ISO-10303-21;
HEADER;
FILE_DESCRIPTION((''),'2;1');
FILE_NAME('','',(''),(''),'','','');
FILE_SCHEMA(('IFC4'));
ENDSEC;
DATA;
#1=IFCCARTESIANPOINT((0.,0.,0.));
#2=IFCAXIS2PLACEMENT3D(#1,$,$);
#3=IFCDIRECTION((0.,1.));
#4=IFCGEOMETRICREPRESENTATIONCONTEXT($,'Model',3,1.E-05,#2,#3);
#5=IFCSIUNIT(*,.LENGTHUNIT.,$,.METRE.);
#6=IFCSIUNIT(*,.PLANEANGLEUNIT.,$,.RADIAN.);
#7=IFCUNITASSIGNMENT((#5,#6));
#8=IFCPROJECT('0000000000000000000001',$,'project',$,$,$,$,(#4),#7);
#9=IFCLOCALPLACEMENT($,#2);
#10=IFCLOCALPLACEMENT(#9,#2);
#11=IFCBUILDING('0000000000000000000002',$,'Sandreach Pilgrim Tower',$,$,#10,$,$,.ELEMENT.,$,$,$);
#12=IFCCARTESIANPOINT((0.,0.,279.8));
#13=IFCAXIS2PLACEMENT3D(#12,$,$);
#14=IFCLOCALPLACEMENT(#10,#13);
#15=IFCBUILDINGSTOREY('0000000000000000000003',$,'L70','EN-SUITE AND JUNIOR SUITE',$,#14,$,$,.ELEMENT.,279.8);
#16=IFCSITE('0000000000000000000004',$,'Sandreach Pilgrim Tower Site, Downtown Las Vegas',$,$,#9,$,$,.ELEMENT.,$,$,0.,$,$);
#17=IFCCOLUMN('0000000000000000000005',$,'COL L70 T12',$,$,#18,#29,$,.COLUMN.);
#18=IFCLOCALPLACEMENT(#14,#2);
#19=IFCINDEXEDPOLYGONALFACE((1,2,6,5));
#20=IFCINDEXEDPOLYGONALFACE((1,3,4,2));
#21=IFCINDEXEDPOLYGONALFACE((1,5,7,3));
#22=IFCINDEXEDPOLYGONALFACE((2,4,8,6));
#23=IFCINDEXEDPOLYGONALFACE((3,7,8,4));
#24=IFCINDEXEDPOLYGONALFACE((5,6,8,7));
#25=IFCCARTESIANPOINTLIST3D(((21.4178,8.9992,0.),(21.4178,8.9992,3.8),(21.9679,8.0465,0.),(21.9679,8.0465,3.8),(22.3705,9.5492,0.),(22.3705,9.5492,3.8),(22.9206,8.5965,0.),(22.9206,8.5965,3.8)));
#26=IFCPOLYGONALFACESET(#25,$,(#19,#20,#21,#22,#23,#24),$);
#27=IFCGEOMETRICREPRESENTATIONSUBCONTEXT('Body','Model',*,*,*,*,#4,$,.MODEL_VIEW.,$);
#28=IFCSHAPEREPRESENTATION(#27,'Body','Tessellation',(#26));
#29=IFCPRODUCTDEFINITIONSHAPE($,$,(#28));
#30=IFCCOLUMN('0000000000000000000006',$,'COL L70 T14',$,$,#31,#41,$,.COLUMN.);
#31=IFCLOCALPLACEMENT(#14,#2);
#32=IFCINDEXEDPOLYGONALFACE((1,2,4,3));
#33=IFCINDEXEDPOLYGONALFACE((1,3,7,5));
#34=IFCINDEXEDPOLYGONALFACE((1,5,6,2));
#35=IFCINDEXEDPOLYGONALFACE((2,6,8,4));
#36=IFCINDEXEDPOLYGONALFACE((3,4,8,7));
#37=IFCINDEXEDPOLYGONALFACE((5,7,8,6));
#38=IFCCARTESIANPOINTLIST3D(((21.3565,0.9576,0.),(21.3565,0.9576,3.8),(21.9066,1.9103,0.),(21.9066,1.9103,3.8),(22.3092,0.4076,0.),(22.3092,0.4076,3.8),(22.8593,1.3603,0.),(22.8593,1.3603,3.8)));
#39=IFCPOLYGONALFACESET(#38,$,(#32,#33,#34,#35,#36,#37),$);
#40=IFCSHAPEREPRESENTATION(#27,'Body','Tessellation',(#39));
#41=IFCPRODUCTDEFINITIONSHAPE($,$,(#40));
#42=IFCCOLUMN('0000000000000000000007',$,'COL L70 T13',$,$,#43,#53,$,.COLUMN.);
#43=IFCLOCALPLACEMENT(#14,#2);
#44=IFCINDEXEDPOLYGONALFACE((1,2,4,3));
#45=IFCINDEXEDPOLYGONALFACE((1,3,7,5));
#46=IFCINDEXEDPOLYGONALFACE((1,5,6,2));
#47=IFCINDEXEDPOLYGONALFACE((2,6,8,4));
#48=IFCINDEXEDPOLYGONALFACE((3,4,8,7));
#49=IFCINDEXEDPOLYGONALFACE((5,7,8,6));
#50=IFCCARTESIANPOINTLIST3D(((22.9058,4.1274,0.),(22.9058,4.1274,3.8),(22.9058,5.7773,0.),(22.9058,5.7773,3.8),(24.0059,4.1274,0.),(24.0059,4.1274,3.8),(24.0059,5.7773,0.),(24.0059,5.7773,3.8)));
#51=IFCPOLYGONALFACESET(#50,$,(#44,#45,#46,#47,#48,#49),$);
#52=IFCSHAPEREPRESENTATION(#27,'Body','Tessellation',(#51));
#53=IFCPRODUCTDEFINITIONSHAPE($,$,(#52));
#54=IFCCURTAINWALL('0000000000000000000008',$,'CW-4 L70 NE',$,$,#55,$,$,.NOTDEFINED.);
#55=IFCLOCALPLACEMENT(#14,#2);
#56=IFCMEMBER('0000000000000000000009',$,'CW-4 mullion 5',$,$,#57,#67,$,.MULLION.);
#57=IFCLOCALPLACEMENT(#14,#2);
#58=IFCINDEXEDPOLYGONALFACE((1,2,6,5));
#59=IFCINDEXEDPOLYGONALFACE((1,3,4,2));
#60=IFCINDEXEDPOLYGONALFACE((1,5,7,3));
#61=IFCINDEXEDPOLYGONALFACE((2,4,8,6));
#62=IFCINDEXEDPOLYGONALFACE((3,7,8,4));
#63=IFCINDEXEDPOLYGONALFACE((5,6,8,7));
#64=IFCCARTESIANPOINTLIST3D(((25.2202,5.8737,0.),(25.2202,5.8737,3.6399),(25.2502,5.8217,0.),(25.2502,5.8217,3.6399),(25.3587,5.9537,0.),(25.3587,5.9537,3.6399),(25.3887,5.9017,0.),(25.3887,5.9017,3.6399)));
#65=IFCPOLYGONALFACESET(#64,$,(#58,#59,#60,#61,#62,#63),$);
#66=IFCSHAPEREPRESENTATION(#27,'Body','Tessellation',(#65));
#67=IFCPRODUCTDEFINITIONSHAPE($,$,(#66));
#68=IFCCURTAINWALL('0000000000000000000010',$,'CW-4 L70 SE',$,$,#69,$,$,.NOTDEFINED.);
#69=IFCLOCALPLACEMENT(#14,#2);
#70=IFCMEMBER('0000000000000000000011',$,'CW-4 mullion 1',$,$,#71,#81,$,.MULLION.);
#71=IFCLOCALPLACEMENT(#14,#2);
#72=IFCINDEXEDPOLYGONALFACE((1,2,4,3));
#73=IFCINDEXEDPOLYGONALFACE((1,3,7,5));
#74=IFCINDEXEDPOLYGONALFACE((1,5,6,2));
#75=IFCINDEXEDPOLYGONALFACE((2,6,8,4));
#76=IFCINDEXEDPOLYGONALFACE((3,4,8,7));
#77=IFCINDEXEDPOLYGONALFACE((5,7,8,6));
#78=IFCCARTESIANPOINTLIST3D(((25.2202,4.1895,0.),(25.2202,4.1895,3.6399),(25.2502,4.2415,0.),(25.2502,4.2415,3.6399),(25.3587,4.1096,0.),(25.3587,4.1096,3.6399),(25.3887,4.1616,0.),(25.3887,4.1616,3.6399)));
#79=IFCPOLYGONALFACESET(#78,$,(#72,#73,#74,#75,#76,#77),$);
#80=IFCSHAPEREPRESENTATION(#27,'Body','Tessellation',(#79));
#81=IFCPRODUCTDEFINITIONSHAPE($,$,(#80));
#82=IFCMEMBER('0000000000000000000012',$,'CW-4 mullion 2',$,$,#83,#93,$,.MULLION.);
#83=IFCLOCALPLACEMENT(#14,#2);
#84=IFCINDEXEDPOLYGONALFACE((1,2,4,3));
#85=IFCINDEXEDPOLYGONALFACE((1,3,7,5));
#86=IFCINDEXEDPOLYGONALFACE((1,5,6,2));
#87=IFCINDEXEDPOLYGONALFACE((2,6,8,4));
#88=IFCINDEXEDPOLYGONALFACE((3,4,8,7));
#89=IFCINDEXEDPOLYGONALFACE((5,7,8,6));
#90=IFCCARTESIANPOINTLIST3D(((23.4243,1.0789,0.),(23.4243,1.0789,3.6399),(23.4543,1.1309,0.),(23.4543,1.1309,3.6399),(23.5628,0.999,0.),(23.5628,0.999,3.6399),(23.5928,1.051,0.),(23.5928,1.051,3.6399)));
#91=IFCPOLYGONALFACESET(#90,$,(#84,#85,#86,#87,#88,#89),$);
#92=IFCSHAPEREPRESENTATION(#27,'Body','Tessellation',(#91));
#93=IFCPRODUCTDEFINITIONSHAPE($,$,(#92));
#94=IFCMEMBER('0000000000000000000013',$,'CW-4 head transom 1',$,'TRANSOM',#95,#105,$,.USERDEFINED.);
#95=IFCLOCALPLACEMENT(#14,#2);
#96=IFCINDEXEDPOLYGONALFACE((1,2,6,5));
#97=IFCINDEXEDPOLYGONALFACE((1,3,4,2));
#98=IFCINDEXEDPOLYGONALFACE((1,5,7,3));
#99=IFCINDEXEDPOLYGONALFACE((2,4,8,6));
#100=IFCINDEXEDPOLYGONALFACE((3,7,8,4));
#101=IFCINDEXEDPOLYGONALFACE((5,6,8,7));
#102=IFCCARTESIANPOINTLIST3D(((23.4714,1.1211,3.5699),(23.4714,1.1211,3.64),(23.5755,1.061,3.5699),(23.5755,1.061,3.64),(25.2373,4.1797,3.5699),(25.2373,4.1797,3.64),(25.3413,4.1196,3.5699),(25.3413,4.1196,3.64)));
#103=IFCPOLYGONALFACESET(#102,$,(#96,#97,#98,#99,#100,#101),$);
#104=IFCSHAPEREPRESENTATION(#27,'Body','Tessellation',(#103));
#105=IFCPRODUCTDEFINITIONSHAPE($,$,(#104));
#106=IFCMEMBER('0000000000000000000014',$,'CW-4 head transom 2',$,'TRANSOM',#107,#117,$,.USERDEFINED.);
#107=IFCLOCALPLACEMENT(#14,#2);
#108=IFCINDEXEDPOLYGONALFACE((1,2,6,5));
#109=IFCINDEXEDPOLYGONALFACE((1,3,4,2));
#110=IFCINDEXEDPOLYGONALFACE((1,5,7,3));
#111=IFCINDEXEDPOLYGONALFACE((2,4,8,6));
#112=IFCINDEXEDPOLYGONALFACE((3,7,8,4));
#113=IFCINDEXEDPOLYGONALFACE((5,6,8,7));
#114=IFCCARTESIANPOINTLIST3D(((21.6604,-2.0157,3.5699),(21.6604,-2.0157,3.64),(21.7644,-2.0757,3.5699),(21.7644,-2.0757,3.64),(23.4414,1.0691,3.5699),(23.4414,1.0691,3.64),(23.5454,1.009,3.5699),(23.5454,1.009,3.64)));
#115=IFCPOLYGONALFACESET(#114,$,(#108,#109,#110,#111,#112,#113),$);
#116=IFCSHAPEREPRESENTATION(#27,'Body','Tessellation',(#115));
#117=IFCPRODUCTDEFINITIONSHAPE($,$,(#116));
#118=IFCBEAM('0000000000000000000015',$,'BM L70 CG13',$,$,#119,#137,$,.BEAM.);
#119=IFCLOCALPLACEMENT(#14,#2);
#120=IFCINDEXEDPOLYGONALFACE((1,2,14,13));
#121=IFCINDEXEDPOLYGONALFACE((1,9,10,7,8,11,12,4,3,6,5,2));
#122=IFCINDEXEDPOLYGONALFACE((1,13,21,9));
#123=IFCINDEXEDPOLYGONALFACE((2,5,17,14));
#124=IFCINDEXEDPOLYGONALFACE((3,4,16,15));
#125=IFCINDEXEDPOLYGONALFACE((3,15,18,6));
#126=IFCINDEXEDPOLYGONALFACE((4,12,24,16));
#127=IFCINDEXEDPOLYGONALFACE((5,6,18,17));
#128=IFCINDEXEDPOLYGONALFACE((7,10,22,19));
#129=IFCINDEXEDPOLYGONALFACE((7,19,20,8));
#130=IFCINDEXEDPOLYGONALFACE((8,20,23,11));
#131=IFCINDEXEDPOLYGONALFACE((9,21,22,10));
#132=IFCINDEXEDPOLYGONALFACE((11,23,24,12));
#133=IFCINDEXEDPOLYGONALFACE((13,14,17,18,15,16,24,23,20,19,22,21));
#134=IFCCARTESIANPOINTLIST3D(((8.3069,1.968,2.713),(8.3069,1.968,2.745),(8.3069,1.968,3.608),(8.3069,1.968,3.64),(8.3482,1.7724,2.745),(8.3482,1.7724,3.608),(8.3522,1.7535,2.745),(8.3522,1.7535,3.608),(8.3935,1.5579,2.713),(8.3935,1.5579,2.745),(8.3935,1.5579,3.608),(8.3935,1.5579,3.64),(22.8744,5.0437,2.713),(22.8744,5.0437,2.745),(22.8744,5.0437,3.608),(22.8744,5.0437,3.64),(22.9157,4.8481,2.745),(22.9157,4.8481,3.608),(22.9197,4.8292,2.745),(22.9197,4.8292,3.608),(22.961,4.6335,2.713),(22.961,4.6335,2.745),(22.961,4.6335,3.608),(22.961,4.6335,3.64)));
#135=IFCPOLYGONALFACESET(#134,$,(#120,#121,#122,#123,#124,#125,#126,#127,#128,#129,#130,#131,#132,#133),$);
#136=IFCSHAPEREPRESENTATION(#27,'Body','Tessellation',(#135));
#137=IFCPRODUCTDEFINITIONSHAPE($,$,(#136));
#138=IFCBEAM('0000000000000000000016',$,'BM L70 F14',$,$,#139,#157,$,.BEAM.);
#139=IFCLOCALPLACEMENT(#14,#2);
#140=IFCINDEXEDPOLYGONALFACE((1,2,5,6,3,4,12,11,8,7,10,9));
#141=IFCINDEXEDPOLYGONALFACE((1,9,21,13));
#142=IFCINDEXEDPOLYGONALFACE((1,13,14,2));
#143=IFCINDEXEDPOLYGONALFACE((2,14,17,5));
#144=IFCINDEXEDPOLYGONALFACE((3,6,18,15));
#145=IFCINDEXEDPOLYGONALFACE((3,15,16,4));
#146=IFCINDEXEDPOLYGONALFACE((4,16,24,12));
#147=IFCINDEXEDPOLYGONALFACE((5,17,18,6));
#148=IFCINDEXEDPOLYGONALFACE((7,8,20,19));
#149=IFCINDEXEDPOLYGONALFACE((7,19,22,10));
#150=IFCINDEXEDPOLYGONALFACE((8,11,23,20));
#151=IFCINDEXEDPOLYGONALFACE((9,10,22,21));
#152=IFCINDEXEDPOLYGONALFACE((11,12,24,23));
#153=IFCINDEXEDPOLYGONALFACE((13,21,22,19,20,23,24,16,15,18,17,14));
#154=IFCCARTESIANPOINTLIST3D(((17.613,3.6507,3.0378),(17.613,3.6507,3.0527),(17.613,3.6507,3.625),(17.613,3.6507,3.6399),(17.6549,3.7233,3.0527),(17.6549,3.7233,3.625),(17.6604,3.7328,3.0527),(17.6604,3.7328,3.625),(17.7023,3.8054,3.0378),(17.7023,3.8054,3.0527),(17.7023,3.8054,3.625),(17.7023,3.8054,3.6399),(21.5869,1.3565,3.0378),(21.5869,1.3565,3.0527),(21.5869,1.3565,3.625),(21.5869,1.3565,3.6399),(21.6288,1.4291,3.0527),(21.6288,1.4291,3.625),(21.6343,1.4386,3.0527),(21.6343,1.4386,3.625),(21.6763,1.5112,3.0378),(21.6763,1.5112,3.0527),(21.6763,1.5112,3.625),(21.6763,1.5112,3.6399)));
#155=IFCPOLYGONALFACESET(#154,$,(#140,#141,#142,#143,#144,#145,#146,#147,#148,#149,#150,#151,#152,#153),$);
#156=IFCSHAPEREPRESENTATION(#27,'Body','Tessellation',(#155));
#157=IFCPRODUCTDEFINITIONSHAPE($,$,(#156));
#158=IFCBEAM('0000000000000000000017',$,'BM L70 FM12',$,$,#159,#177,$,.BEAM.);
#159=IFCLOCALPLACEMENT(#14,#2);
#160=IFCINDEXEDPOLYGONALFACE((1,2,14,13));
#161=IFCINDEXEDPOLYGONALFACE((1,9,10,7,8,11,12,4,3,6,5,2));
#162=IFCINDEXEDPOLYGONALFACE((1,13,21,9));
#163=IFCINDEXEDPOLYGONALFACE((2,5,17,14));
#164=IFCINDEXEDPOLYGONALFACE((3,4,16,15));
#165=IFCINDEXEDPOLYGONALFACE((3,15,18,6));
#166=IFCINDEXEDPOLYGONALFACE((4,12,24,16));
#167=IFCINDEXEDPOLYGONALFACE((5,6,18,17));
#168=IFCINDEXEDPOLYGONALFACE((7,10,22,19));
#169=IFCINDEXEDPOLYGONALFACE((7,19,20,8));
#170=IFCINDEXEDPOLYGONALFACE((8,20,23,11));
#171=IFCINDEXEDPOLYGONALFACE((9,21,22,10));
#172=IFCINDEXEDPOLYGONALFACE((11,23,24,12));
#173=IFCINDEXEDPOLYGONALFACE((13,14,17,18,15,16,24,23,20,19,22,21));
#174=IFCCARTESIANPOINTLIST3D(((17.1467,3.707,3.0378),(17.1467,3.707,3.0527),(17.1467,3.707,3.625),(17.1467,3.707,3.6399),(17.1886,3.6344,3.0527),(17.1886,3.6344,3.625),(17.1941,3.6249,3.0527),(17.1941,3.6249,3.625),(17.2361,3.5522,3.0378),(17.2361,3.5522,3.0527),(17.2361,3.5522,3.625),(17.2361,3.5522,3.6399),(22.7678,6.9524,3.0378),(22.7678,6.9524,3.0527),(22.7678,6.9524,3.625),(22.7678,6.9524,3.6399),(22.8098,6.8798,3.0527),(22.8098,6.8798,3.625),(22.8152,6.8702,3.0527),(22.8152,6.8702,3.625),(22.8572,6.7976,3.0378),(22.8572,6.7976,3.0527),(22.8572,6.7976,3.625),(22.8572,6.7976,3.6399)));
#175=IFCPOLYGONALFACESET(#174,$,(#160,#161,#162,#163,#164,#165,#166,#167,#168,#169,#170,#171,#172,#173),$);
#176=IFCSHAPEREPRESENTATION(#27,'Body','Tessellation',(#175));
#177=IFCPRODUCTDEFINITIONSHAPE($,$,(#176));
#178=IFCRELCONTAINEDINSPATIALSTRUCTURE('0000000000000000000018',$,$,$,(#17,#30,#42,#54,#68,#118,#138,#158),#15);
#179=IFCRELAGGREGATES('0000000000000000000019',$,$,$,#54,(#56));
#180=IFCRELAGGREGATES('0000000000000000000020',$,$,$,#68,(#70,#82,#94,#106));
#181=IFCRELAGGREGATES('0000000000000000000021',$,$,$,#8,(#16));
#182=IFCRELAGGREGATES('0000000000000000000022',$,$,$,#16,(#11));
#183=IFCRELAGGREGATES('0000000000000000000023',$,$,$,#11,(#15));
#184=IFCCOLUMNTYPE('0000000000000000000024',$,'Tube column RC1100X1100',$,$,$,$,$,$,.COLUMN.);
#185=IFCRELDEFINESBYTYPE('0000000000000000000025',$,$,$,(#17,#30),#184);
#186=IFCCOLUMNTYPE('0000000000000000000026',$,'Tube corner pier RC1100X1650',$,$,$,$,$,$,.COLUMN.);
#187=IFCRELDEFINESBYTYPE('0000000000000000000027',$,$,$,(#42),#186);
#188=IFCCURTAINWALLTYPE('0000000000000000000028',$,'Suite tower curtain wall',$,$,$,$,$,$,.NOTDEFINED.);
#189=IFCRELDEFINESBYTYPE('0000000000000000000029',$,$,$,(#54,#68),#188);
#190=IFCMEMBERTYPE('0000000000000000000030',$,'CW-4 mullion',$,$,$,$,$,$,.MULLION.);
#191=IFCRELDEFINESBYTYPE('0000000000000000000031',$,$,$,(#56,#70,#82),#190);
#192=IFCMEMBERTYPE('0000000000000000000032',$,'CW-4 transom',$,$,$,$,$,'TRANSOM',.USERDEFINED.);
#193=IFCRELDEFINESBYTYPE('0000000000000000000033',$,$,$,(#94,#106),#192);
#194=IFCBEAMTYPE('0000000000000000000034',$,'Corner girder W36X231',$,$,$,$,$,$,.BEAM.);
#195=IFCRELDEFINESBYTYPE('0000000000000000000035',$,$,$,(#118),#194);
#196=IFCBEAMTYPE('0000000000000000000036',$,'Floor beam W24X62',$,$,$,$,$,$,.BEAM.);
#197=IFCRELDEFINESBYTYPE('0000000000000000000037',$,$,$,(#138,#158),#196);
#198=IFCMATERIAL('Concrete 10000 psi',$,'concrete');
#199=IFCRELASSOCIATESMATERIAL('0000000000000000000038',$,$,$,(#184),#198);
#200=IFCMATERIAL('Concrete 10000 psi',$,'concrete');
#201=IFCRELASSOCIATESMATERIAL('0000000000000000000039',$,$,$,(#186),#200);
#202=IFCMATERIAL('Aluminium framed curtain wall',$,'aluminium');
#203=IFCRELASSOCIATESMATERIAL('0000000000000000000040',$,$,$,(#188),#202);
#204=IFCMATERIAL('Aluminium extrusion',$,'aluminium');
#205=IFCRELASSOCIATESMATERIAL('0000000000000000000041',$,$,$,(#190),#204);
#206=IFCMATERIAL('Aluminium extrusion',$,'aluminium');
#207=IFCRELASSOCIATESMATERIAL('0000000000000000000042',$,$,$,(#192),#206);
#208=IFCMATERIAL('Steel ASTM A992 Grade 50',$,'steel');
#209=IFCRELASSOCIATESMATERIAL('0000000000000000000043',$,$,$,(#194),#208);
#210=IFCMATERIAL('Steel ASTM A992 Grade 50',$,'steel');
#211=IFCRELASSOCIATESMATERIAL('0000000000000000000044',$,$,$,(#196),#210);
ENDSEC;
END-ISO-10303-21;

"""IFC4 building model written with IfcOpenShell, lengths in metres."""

from ifc_helpers import new_model, si_unit, direction, frame, origin, origin_2d, place, context, subcontext, project, spatial, rectangle, i_section, extrude, material, material_profile, profile_set, type_object, element, aggregate, save


model = new_model("IFC4")

# Units and contexts
model_context = context("Model", 3, precision=1e-05, world=origin(), true_north=direction((0.0, 1.0)))
body_context = subcontext(model_context, "Body", "Model", "MODEL_VIEW")
ifc_project = project(units=[si_unit("LENGTHUNIT", "METRE"), si_unit("PLANEANGLEUNIT", "RADIAN")], contexts=[model_context])

# Site, building, storey
site_placement = place(None, origin())
site = spatial("IfcSite", under=ifc_project, at=site_placement, Name="Sandreach Pilgrim Tower Site, Downtown Las Vegas", CompositionType="ELEMENT", RefElevation=0.0)
building_placement = place(site_placement, origin())
building = spatial("IfcBuilding", under=site, at=building_placement, Name="Sandreach Pilgrim Tower", CompositionType="ELEMENT")
storey_placement = place(building_placement, frame((0.0, 0.0, 279.8)))
storey = spatial("IfcBuildingStorey", under=building, at=storey_placement, Name="L70", Description="EN-SUITE AND JUNIOR SUITE", CompositionType="ELEMENT", Elevation=279.8)

# Columns
ifc_material_1 = material(Name="Concrete 10000 psi", Category="concrete")
ifc_material_profile_1 = material_profile(ifc_material_1, rectangle(XDim=1.1001, YDim=1.1001, at=origin_2d()), Name="RC1100X1100")
ifc_profile_set_1 = profile_set([ifc_material_profile_1], Name="Concrete 10000 psi")
column_type_1 = type_object("IfcColumnType", Name="Tube column RC1100X1100", PredefinedType="COLUMN", material=ifc_profile_set_1)
for number, where, z_axis, x_axis, name in (
    (1, (22.1692, 8.7979, 0.0), (0.0, 0.0, 1.0), (0.866025, 0.5, 0.0), "COL L70 T12"),
    (2, (22.1079, 1.1589, 0.0), (0.0, 0.0, 1.0), (0.866025, -0.5, 0.0), "COL L70 T14"),
):
    element("IfcColumn", number, at=place(storey_placement, frame(where, z_axis=z_axis, x_axis=x_axis)), inside=storey, type_object=column_type_1, Name=name, PredefinedType="COLUMN", context=body_context, shape_type="SweptSolid", body=[
        extrude(rectangle(XDim=1.1001, YDim=1.1001, at=origin_2d()), origin(), (0.0, 0.0, 1.0), 3.8),
    ])
ifc_material_2 = material(Name="Concrete 10000 psi", Category="concrete")
ifc_material_profile_2 = material_profile(ifc_material_2, rectangle(XDim=1.1001, YDim=1.6499, at=origin_2d()), Name="RC1100X1650")
ifc_profile_set_2 = profile_set([ifc_material_profile_2], Name="Concrete 10000 psi")
column_type_2 = type_object("IfcColumnType", Name="Tube corner pier RC1100X1650", PredefinedType="COLUMN", material=ifc_profile_set_2)
column_placement = place(storey_placement, frame((23.4558, 4.9524, 0.0), z_axis=(0.0, 0.0, 1.0), x_axis=(1.0, 0.0, 0.0)))
element("IfcColumn", 3, at=column_placement, inside=storey, type_object=column_type_2, Name="COL L70 T13", PredefinedType="COLUMN", context=body_context, shape_type="SweptSolid", body=[
    extrude(rectangle(XDim=1.1001, YDim=1.6499, at=origin_2d()), origin(), (0.0, 0.0, 1.0), 3.8),
])

# Curtain wall, member
ifc_material_3 = material(Name="Aluminium framed curtain wall", Category="aluminium")
curtain_wall_type = type_object("IfcCurtainWallType", Name="Suite tower curtain wall", PredefinedType="NOTDEFINED", material=ifc_material_3)
curtain_wall_1_placement = place(storey_placement, origin())
curtain_wall_1 = element("IfcCurtainWall", 4, at=curtain_wall_1_placement, inside=storey, type_object=curtain_wall_type, Name="CW-4 L70 NE", PredefinedType="NOTDEFINED")
ifc_material_4 = material(Name="Aluminium extrusion", Category="aluminium")
ifc_material_profile_3 = material_profile(ifc_material_4, rectangle(XDim=0.0601, YDim=0.1599, at=origin_2d()), Name="CW-4M 60X160")
ifc_profile_set_3 = profile_set([ifc_material_profile_3], Name="Aluminium extrusion")
member_type_1 = type_object("IfcMemberType", Name="CW-4 mullion", PredefinedType="MULLION", material=ifc_profile_set_3)
member_1_placement = place(storey_placement, frame((25.3044, 5.8877, 0.0), z_axis=(0.0, 0.0, 1.0), x_axis=(0.5, -0.866025, 0.0)))
member_1 = element("IfcMember", 5, at=member_1_placement, type_object=member_type_1, Name="CW-4 mullion 5", PredefinedType="MULLION", context=body_context, shape_type="SweptSolid", body=[
    extrude(rectangle(XDim=0.0601, YDim=0.1599, at=origin_2d()), origin(), (0.0, 0.0, 1.0), 3.6399),
])

# Curtain wall, members
curtain_wall_2_placement = place(storey_placement, origin())
curtain_wall_2 = element("IfcCurtainWall", 6, at=curtain_wall_2_placement, inside=storey, type_object=curtain_wall_type, Name="CW-4 L70 SE", PredefinedType="NOTDEFINED")
member_2_placement = place(storey_placement, frame((25.3044, 4.1755, 0.0), z_axis=(0.0, 0.0, 1.0), x_axis=(-0.5, -0.866025, 0.0)))
member_2 = element("IfcMember", 7, at=member_2_placement, type_object=member_type_1, Name="CW-4 mullion 1", PredefinedType="MULLION", context=body_context, shape_type="SweptSolid", body=[
    extrude(rectangle(XDim=0.0601, YDim=0.1599, at=origin_2d()), origin(), (0.0, 0.0, 1.0), 3.6399),
])
member_3_placement = place(storey_placement, frame((23.5085, 1.0649, 0.0), z_axis=(0.0, 0.0, 1.0), x_axis=(-0.5, -0.866025, 0.0)))
member_3 = element("IfcMember", 8, at=member_3_placement, type_object=member_type_1, Name="CW-4 mullion 2", PredefinedType="MULLION", context=body_context, shape_type="SweptSolid", body=[
    extrude(rectangle(XDim=0.0601, YDim=0.1599, at=origin_2d()), origin(), (0.0, 0.0, 1.0), 3.6399),
])
ifc_material_5 = material(Name="Aluminium extrusion", Category="aluminium")
ifc_material_profile_4 = material_profile(ifc_material_5, rectangle(XDim=0.1201, YDim=0.0701, at=origin_2d()), Name="CW-4T 120X70")
ifc_profile_set_4 = profile_set([ifc_material_profile_4], Name="Aluminium extrusion")
member_type_2 = type_object("IfcMemberType", Name="CW-4 transom", ElementType="TRANSOM", PredefinedType="USERDEFINED", material=ifc_profile_set_4)
member_4_placement = place(storey_placement, frame((25.2893, 4.1497, 3.605), z_axis=(-0.499998, -0.866027, 0.0), x_axis=(0.866027, -0.499998, 0.0)))
member_4 = element("IfcMember", 9, at=member_4_placement, type_object=member_type_2, Name="CW-4 head transom 1", ObjectType="TRANSOM", PredefinedType="USERDEFINED", context=body_context, shape_type="SweptSolid", body=[
    extrude(rectangle(XDim=0.1201, YDim=0.0701, at=origin_2d()), origin(), (0.0, 0.0, 1.0), 3.5317),
])
member_5_placement = place(storey_placement, frame((23.4934, 1.0391, 3.605), z_axis=(-0.500009, -0.86602, 0.0), x_axis=(0.86602, -0.500009, 0.0)))
member_5 = element("IfcMember", 10, at=member_5_placement, type_object=member_type_2, Name="CW-4 head transom 2", ObjectType="TRANSOM", PredefinedType="USERDEFINED", context=body_context, shape_type="SweptSolid", body=[
    extrude(rectangle(XDim=0.1201, YDim=0.0701, at=origin_2d()), origin(), (0.0, 0.0, 1.0), 3.562),
])

# Beams
ifc_material_6 = material(Name="Steel ASTM A992 Grade 50", Category="steel")
ifc_material_profile_5 = material_profile(ifc_material_6, i_section(OverallWidth=0.4192, OverallDepth=0.927, WebThickness=0.0193, FlangeThickness=0.032, at=origin_2d()), Name="W36X231")
ifc_profile_set_5 = profile_set([ifc_material_profile_5], Name="Steel ASTM A992 Grade 50")
beam_type_1 = type_object("IfcBeamType", Name="Corner girder W36X231", PredefinedType="BEAM", material=ifc_profile_set_5)
beam_1_placement = place(storey_placement, frame((22.9177, 4.8386, 3.1765), z_axis=(-0.97843, -0.206577, 0.0), x_axis=(0.206577, -0.97843, 0.0)))
element("IfcBeam", 11, at=beam_1_placement, inside=storey, type_object=beam_type_1, Name="BM L70 CG13", PredefinedType="BEAM", context=body_context, shape_type="SweptSolid", body=[
    extrude(i_section(OverallWidth=0.4192, OverallDepth=0.927, WebThickness=0.0193, FlangeThickness=0.032, at=origin_2d()), origin(), (0.0, 0.0, 1.0), 14.8887),
])
ifc_material_7 = material(Name="Steel ASTM A992 Grade 50", Category="steel")
ifc_material_profile_6 = material_profile(ifc_material_7, i_section(OverallWidth=0.1787, OverallDepth=0.6021, WebThickness=0.011, FlangeThickness=0.0149, at=origin_2d()), Name="W24X62")
ifc_profile_set_6 = profile_set([ifc_material_profile_6], Name="Steel ASTM A992 Grade 50")
beam_type_2 = type_object("IfcBeamType", Name="Floor beam W24X62", PredefinedType="BEAM", material=ifc_profile_set_6)
beam_2_placement = place(storey_placement, frame((21.6316, 1.4338, 3.3389), z_axis=(-0.866038, 0.499979, 0.0), x_axis=(-0.499979, -0.866038, 0.0)))
element("IfcBeam", 12, at=beam_2_placement, inside=storey, type_object=beam_type_2, Name="BM L70 F14", PredefinedType="BEAM", context=body_context, shape_type="SweptSolid", body=[
    extrude(i_section(OverallWidth=0.1787, OverallDepth=0.6021, WebThickness=0.011, FlangeThickness=0.0149, at=origin_2d()), origin(), (0.0, 0.0, 1.0), 4.5886),
])
beam_3_placement = place(storey_placement, frame((22.8125, 6.875, 3.3389), z_axis=(-0.866024, -0.500002, 0.0), x_axis=(0.500002, -0.866024, 0.0)))
element("IfcBeam", 13, at=beam_3_placement, inside=storey, type_object=beam_type_2, Name="BM L70 FM12", PredefinedType="BEAM", context=body_context, shape_type="SweptSolid", body=[
    extrude(i_section(OverallWidth=0.1787, OverallDepth=0.6021, WebThickness=0.011, FlangeThickness=0.0149, at=origin_2d()), origin(), (0.0, 0.0, 1.0), 6.4907),
])

aggregate(curtain_wall_1, [member_1])
aggregate(curtain_wall_2, [member_2, member_3, member_4, member_5])

save(model, "model.ifc")
